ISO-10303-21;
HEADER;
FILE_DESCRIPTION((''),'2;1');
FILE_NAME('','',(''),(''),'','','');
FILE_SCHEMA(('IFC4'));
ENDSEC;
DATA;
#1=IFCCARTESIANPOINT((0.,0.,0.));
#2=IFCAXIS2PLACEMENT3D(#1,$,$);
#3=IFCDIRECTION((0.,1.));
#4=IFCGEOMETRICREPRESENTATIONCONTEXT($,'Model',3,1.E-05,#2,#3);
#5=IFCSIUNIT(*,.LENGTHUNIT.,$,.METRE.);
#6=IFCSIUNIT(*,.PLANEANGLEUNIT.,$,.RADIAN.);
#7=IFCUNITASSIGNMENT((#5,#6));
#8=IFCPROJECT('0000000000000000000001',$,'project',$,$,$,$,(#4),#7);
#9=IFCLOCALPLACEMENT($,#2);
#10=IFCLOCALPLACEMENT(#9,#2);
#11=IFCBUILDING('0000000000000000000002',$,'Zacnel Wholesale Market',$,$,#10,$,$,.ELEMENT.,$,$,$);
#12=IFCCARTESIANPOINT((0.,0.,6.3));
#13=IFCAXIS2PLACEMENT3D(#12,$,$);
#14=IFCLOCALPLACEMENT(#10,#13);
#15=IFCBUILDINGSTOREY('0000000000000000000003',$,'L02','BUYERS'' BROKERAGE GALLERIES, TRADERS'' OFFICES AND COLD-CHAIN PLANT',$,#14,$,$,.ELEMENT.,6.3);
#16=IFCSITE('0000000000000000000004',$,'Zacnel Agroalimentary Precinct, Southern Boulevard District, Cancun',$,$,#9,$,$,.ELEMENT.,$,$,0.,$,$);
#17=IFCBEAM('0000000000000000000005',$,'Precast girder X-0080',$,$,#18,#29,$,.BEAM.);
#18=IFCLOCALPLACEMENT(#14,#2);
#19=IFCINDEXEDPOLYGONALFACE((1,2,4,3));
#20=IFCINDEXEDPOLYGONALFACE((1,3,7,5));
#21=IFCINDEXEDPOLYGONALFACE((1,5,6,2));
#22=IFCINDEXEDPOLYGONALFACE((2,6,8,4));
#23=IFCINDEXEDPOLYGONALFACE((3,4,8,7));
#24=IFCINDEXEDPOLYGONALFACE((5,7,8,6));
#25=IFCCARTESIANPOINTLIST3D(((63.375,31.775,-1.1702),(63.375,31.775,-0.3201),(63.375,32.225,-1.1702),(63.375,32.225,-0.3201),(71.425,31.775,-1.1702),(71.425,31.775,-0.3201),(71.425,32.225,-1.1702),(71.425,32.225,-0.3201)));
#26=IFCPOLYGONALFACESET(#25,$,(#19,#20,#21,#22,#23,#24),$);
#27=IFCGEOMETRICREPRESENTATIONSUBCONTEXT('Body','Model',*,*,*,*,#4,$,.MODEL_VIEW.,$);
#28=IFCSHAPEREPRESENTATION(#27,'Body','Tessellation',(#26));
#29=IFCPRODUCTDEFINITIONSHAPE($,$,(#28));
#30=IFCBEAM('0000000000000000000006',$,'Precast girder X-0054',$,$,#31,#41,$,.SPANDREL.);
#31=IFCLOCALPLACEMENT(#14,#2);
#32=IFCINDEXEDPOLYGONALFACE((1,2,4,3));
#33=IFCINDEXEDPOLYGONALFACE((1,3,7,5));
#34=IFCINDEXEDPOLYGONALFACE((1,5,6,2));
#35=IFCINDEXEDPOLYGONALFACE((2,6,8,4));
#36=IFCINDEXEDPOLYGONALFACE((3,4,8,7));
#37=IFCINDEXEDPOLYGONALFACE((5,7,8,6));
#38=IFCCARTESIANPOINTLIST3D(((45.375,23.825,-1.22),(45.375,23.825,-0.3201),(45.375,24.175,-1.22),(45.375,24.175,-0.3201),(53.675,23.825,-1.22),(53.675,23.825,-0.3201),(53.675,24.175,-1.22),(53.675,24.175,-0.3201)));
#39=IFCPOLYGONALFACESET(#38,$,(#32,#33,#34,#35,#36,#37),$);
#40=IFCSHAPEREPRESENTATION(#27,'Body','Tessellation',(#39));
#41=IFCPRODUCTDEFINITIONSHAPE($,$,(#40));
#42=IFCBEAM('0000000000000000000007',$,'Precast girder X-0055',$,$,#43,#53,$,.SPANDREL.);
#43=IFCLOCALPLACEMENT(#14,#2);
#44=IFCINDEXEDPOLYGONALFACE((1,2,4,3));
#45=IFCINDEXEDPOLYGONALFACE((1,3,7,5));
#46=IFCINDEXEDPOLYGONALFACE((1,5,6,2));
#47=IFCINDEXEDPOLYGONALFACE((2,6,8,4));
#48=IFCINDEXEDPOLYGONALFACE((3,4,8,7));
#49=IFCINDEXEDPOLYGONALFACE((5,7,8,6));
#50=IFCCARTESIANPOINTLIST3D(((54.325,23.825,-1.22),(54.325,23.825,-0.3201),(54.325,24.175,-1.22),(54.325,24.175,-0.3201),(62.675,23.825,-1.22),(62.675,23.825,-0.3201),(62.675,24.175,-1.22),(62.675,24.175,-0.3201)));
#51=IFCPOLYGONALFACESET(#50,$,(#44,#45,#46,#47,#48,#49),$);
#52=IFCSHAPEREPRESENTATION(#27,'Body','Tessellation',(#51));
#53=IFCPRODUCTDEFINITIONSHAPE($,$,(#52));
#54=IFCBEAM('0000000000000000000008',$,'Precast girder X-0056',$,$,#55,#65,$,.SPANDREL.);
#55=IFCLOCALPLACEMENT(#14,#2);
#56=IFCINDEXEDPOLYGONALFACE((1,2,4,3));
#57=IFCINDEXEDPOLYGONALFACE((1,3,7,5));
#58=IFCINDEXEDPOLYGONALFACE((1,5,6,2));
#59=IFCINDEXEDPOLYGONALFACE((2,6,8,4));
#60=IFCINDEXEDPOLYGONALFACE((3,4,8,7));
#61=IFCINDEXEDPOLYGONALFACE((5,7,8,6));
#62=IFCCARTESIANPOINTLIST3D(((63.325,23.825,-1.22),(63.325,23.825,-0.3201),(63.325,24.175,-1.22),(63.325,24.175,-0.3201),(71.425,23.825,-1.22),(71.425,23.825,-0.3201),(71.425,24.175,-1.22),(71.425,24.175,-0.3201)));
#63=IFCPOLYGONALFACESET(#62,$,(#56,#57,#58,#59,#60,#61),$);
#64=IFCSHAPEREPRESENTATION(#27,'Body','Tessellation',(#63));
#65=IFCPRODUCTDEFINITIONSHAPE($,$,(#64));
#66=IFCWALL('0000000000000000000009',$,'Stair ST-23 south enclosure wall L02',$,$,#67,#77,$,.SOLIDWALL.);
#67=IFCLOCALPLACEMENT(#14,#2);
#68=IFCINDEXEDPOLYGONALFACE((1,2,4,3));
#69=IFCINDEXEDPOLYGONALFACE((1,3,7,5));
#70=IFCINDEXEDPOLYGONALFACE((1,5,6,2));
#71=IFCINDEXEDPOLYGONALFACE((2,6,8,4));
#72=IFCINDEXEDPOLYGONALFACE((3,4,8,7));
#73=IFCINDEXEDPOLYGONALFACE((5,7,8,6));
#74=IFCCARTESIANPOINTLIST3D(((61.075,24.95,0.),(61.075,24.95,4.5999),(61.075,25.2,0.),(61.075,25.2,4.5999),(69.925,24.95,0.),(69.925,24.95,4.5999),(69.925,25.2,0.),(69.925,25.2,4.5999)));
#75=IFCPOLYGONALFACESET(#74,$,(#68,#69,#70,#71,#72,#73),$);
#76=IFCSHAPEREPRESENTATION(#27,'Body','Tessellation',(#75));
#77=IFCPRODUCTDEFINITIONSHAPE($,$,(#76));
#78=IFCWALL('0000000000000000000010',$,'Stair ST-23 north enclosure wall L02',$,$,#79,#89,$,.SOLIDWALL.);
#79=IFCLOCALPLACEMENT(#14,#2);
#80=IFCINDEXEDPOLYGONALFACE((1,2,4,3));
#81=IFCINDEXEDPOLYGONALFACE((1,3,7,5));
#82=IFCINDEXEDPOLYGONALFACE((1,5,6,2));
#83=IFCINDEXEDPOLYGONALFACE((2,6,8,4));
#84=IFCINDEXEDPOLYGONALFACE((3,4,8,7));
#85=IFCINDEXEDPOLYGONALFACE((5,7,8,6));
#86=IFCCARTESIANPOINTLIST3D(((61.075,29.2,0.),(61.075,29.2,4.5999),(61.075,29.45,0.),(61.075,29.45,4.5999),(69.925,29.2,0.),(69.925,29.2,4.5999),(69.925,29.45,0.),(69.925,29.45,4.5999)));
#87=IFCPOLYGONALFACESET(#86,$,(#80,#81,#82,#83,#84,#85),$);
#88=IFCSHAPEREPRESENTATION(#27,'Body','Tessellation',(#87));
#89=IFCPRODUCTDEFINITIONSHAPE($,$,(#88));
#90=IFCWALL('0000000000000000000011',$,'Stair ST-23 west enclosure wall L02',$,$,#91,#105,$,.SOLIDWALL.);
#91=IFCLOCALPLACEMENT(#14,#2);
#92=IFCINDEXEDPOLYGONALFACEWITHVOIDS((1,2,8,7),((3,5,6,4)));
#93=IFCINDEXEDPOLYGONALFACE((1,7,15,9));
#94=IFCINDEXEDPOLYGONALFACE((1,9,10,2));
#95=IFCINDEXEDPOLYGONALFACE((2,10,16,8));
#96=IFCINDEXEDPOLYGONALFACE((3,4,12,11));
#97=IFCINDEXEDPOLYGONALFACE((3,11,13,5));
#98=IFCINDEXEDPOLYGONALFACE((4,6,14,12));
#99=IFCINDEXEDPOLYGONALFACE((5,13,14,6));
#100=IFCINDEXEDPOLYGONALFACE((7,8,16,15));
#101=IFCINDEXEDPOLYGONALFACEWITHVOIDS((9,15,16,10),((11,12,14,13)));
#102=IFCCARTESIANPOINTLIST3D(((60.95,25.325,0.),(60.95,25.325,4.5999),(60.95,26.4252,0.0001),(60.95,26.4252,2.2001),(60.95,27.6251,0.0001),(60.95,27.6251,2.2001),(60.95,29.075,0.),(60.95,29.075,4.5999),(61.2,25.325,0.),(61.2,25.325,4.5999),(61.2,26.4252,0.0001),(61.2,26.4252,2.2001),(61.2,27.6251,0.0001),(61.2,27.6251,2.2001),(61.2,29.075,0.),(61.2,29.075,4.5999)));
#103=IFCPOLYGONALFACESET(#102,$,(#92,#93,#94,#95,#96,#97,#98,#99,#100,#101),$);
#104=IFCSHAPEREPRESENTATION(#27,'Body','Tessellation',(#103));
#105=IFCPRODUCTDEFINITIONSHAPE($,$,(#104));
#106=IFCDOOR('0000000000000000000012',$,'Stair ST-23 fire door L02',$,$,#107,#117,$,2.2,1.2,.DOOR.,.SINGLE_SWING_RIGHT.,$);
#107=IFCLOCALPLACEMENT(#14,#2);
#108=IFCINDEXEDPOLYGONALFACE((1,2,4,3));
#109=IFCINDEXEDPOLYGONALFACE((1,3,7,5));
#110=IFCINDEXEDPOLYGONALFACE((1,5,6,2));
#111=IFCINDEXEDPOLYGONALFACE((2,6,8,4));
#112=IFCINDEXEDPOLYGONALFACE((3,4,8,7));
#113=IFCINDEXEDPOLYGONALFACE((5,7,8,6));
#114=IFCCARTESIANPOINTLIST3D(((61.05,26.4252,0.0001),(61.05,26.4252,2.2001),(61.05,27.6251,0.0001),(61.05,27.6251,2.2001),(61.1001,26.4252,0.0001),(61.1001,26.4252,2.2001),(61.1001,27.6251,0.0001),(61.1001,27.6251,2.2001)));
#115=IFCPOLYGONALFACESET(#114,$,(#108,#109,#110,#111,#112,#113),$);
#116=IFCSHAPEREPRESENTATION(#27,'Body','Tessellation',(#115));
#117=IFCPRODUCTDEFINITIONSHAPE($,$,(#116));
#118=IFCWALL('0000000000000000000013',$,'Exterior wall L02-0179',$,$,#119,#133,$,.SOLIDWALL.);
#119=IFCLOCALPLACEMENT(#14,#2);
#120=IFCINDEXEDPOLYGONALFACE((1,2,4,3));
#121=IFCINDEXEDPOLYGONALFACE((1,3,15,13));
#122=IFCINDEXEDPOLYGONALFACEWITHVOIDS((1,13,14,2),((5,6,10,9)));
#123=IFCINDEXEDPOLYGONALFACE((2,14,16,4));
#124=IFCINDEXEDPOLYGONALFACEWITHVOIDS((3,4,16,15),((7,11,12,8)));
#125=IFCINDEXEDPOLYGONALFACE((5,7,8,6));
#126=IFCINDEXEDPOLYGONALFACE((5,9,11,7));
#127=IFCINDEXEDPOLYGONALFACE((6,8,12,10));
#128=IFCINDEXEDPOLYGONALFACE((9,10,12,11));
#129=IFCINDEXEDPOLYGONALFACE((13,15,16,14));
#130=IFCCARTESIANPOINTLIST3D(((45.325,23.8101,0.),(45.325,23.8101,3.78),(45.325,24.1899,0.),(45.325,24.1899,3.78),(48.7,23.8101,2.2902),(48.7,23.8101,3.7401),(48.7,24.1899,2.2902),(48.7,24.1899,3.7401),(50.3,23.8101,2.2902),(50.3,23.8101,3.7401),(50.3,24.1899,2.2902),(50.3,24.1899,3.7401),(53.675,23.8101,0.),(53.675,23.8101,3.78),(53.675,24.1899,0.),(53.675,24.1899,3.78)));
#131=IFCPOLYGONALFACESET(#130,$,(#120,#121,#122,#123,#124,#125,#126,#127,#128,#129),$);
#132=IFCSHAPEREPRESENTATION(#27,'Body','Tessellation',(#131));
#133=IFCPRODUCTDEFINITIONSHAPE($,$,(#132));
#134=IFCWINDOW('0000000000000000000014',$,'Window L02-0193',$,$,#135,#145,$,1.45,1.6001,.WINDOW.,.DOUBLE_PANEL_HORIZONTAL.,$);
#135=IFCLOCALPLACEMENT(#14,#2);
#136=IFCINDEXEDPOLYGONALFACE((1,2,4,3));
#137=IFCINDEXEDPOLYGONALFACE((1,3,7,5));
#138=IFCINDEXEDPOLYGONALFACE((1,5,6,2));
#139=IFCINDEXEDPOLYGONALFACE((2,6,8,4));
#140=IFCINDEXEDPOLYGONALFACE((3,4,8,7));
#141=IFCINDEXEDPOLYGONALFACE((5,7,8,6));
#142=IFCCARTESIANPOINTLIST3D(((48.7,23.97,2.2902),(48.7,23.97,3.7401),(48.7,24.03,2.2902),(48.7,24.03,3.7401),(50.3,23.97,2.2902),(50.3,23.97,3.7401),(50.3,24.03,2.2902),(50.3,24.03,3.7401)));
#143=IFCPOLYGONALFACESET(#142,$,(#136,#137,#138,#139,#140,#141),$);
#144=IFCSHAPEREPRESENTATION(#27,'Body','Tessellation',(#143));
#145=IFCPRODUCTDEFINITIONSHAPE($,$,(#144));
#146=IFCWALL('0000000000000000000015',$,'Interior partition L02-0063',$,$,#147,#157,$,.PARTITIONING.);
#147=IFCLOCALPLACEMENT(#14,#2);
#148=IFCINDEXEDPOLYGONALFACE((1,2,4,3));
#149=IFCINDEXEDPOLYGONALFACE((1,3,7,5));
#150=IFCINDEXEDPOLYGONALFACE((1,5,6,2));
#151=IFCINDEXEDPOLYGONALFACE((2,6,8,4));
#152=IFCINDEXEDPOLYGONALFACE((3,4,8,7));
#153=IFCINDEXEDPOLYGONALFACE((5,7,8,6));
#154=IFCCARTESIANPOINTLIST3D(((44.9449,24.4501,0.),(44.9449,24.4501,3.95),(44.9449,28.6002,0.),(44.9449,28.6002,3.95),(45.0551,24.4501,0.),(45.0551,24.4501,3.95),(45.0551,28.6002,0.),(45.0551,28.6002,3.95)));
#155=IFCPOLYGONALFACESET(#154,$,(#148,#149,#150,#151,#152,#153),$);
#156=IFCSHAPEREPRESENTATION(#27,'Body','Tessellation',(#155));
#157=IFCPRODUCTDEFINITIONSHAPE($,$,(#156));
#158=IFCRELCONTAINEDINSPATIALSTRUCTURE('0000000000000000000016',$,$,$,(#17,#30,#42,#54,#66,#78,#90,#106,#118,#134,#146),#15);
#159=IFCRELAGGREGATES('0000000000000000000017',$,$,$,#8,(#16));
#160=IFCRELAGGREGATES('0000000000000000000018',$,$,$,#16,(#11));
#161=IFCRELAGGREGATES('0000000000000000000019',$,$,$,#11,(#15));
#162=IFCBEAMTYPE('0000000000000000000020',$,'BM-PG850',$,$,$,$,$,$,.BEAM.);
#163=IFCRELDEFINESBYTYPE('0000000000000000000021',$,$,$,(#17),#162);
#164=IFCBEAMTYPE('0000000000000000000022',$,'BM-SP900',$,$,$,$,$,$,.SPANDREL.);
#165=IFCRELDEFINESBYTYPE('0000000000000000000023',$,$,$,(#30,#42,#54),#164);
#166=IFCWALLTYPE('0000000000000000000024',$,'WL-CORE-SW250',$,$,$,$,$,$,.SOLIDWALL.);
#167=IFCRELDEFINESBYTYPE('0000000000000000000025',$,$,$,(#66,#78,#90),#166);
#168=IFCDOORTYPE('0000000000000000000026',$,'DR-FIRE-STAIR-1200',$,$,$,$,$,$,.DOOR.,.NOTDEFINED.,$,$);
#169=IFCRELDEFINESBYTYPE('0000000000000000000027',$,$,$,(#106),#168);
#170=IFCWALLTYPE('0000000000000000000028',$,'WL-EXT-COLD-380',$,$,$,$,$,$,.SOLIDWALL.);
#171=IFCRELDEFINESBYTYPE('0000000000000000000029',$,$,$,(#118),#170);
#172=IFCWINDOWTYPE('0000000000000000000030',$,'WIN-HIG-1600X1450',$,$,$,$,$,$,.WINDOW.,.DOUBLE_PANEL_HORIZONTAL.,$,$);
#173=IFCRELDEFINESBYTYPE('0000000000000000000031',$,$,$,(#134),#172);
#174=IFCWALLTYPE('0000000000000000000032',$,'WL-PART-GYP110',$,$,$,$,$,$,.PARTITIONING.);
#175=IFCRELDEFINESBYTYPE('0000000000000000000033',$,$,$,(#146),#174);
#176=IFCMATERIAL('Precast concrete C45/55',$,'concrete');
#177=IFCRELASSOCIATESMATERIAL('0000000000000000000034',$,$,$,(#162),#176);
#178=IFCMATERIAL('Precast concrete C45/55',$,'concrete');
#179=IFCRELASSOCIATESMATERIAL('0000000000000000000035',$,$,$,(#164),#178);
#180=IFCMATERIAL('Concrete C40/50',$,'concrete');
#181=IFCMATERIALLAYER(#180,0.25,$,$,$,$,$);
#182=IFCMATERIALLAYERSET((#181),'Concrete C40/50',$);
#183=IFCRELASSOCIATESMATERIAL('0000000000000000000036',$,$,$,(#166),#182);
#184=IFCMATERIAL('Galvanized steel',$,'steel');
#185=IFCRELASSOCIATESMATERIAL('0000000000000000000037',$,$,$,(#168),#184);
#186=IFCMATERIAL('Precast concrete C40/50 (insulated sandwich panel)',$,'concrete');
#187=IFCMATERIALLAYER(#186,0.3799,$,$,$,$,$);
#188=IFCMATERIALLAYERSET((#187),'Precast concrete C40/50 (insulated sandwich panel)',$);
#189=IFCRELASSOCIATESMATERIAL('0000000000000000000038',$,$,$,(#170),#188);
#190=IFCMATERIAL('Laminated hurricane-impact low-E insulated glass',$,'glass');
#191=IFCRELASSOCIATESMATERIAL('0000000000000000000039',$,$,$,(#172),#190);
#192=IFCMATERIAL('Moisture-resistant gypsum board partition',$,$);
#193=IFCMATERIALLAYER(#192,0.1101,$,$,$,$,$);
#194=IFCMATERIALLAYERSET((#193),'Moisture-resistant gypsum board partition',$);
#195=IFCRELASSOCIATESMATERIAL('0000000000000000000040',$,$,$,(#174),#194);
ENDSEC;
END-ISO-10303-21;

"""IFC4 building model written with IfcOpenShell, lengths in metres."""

from ifc_helpers import new_model, si_unit, direction, frame, frame_2d, origin, origin_2d, place, context, subcontext, project, spatial, rectangle, extrude, material, layer, layer_set, material_profile, profile_set, type_object, element, fill, save


model = new_model("IFC4")

# Units and contexts
model_context = context("Model", 3, precision=1e-05, world=origin(), true_north=direction((0.0, 1.0)))
body_context = subcontext(model_context, "Body", "Model", "MODEL_VIEW")
ifc_project = project(units=[si_unit("LENGTHUNIT", "METRE"), si_unit("PLANEANGLEUNIT", "RADIAN")], contexts=[model_context])

# Site, building, storey
site_placement = place(None, origin())
site = spatial("IfcSite", under=ifc_project, at=site_placement, Name="Zacnel Agroalimentary Precinct, Southern Boulevard District, Cancun", CompositionType="ELEMENT", RefElevation=0.0)
building_placement = place(site_placement, origin())
building = spatial("IfcBuilding", under=site, at=building_placement, Name="Zacnel Wholesale Market", CompositionType="ELEMENT")
storey_placement = place(building_placement, frame((0.0, 0.0, 6.3)))
storey = spatial("IfcBuildingStorey", under=building, at=storey_placement, Name="L02", Description="BUYERS' BROKERAGE GALLERIES, TRADERS' OFFICES AND COLD-CHAIN PLANT", CompositionType="ELEMENT", Elevation=6.3)

# Beams
ifc_material_1 = material(Name="Precast concrete C45/55", Category="concrete")
ifc_material_profile_1 = material_profile(ifc_material_1, rectangle(XDim=0.45, YDim=0.8501, at=origin_2d()), Name="PG 450x850")
ifc_profile_set_1 = profile_set([ifc_material_profile_1], Name="Precast concrete C45/55")
beam_type_1 = type_object("IfcBeamType", Name="BM-PG850", PredefinedType="BEAM", material=ifc_profile_set_1)
beam_1_placement = place(storey_placement, frame((63.375, 32.0, -0.7451), z_axis=(1.0, 0.0, 0.0), x_axis=(0.0, 1.0, 0.0)))
element("IfcBeam", 1, at=beam_1_placement, inside=storey, type_object=beam_type_1, Name="Precast girder X-0080", PredefinedType="BEAM", context=body_context, shape_type="SweptSolid", body=[
    extrude(rectangle(XDim=0.45, YDim=0.8501, at=origin_2d()), origin(), (0.0, 0.0, 1.0), 8.05),
])
ifc_material_2 = material(Name="Precast concrete C45/55", Category="concrete")
ifc_material_profile_2 = material_profile(ifc_material_2, rectangle(XDim=0.3501, YDim=0.8999, at=origin_2d()), Name="SP 350x900")
ifc_profile_set_2 = profile_set([ifc_material_profile_2], Name="Precast concrete C45/55")
beam_type_2 = type_object("IfcBeamType", Name="BM-SP900", PredefinedType="SPANDREL", material=ifc_profile_set_2)
beam_2_placement = place(storey_placement, frame((45.375, 24.0, -0.77), z_axis=(1.0, 0.0, 0.0), x_axis=(0.0, 1.0, 0.0)))
element("IfcBeam", 2, at=beam_2_placement, inside=storey, type_object=beam_type_2, Name="Precast girder X-0054", PredefinedType="SPANDREL", context=body_context, shape_type="SweptSolid", body=[
    extrude(rectangle(XDim=0.3501, YDim=0.8999, at=origin_2d()), origin(), (0.0, 0.0, 1.0), 8.3),
])
beam_3_placement = place(storey_placement, frame((54.325, 24.0, -0.77), z_axis=(1.0, 0.0, 0.0), x_axis=(0.0, 1.0, 0.0)))
element("IfcBeam", 3, at=beam_3_placement, inside=storey, type_object=beam_type_2, Name="Precast girder X-0055", PredefinedType="SPANDREL", context=body_context, shape_type="SweptSolid", body=[
    extrude(rectangle(XDim=0.3501, YDim=0.8999, at=origin_2d()), origin(), (0.0, 0.0, 1.0), 8.3501),
])
beam_4_placement = place(storey_placement, frame((63.325, 24.0, -0.77), z_axis=(1.0, 0.0, 0.0), x_axis=(0.0, 1.0, 0.0)))
element("IfcBeam", 4, at=beam_4_placement, inside=storey, type_object=beam_type_2, Name="Precast girder X-0056", PredefinedType="SPANDREL", context=body_context, shape_type="SweptSolid", body=[
    extrude(rectangle(XDim=0.3501, YDim=0.8999, at=origin_2d()), origin(), (0.0, 0.0, 1.0), 8.1001),
])

# Walls
ifc_material_3 = material(Name="Concrete C40/50", Category="concrete")
ifc_layer_1 = layer(ifc_material_3, 0.25)
ifc_layer_set_1 = layer_set([ifc_layer_1], Name="Concrete C40/50")
wall_type_1 = type_object("IfcWallType", Name="WL-CORE-SW250", PredefinedType="SOLIDWALL", material=ifc_layer_set_1)
for number, where, z_axis, x_axis, name in (
    (5, (61.075, 25.075, 0.0), (0.0, 0.0, 1.0), (1.0, 0.0, 0.0), "Stair ST-23 south enclosure wall L02"),
    (6, (61.075, 29.325, 0.0), (0.0, 0.0, 1.0), (1.0, 0.0, 0.0), "Stair ST-23 north enclosure wall L02"),
):
    element("IfcWall", number, at=place(storey_placement, frame(where, z_axis=z_axis, x_axis=x_axis)), inside=storey, type_object=wall_type_1, Name=name, PredefinedType="SOLIDWALL", context=body_context, shape_type="SweptSolid", body=[
        extrude(rectangle(XDim=8.8501, YDim=0.25, at=frame_2d((4.425, 0.0))), origin(), (0.0, 0.0, 1.0), 4.5999),
    ])

# Wall, opening, door
wall_1_placement = place(storey_placement, frame((61.075, 25.325, 0.0), z_axis=(0.0, 0.0, 1.0), x_axis=(0.0, 1.0, 0.0)))
wall_1 = element("IfcWall", 7, at=wall_1_placement, inside=storey, type_object=wall_type_1, Name="Stair ST-23 west enclosure wall L02", PredefinedType="SOLIDWALL", context=body_context, shape_type="SweptSolid", body=[
    extrude(rectangle(XDim=3.75, YDim=0.25, at=frame_2d((1.875, 0.0))), origin(), (0.0, 0.0, 1.0), 4.5999),
])
opening_1_placement = place(wall_1_placement, frame((1.1001, 0.0, 0.0)))
opening_1 = element("IfcOpeningElement", 8, at=opening_1_placement, cuts=wall_1, PredefinedType="OPENING", context=body_context, shape_type="SweptSolid", body=[
    extrude(rectangle(XDim=1.2, YDim=2.2, at=frame_2d((0.6001, 1.1001))), frame((0.0, 0.135, 0.0), z_axis=(0.0, -1.0, 0.0), x_axis=(1.0, 0.0, 0.0)), (0.0, 0.0, 1.0), 0.27),
])
ifc_material_4 = material(Name="Galvanized steel", Category="steel")
door_type_1 = type_object("IfcDoorType", Name="DR-FIRE-STAIR-1200", OperationType="NOTDEFINED", PredefinedType="DOOR", material=ifc_material_4)
door_1_placement = place(opening_1_placement, origin())
door_1 = element("IfcDoor", 9, at=door_1_placement, inside=storey, type_object=door_type_1, Name="Stair ST-23 fire door L02", OperationType="SINGLE_SWING_RIGHT", OverallHeight=2.2, OverallWidth=1.2, PredefinedType="DOOR", context=body_context, shape_type="SweptSolid", body=[
    extrude(rectangle(XDim=1.2, YDim=2.2, at=frame_2d((0.6001, 1.1001))), frame((0.0, 0.0249, 0.0), z_axis=(0.0, -1.0, 0.0), x_axis=(1.0, 0.0, 0.0)), (0.0, 0.0, 1.0), 0.05),
])
fill(opening_1, door_1)

# Wall, opening, window
ifc_material_5 = material(Name="Precast concrete C40/50 (insulated sandwich panel)", Category="concrete")
ifc_layer_2 = layer(ifc_material_5, 0.3799)
ifc_layer_set_2 = layer_set([ifc_layer_2], Name="Precast concrete C40/50 (insulated sandwich panel)")
wall_type_2 = type_object("IfcWallType", Name="WL-EXT-COLD-380", PredefinedType="SOLIDWALL", material=ifc_layer_set_2)
wall_2_placement = place(storey_placement, frame((45.325, 24.0, 0.0), z_axis=(0.0, 0.0, 1.0), x_axis=(1.0, 0.0, 0.0)))
wall_2 = element("IfcWall", 10, at=wall_2_placement, inside=storey, type_object=wall_type_2, Name="Exterior wall L02-0179", PredefinedType="SOLIDWALL", context=body_context, shape_type="SweptSolid", body=[
    extrude(rectangle(XDim=8.3501, YDim=0.3799, at=frame_2d((4.175, 0.0))), origin(), (0.0, 0.0, 1.0), 3.78),
])
opening_2_placement = place(wall_2_placement, frame((3.375, 0.0, 2.29)))
opening_2 = element("IfcOpeningElement", 11, at=opening_2_placement, cuts=wall_2, PredefinedType="OPENING", context=body_context, shape_type="SweptSolid", body=[
    extrude(rectangle(XDim=1.6001, YDim=1.45, at=frame_2d((0.8, 0.7251))), frame((0.0, 0.2, 0.0), z_axis=(0.0, -1.0, 0.0), x_axis=(1.0, 0.0, 0.0)), (0.0, 0.0, 1.0), 0.3999),
])
ifc_material_6 = material(Name="Laminated hurricane-impact low-E insulated glass", Category="glass")
window_type = type_object("IfcWindowType", Name="WIN-HIG-1600X1450", PartitioningType="DOUBLE_PANEL_HORIZONTAL", PredefinedType="WINDOW", material=ifc_material_6)
window_placement = place(opening_2_placement, origin())
window = element("IfcWindow", 12, at=window_placement, inside=storey, type_object=window_type, Name="Window L02-0193", OverallHeight=1.45, OverallWidth=1.6001, PartitioningType="DOUBLE_PANEL_HORIZONTAL", PredefinedType="WINDOW", context=body_context, shape_type="SweptSolid", body=[
    extrude(rectangle(XDim=1.6001, YDim=1.45, at=frame_2d((0.8, 0.7251))), frame((0.0, 0.03, 0.0), z_axis=(0.0, -1.0, 0.0), x_axis=(1.0, 0.0, 0.0)), (0.0, 0.0, 1.0), 0.0601),
])
fill(opening_2, window)

# Wall
ifc_material_7 = material(Name="Moisture-resistant gypsum board partition")
ifc_layer_3 = layer(ifc_material_7, 0.1101)
ifc_layer_set_3 = layer_set([ifc_layer_3], Name="Moisture-resistant gypsum board partition")
wall_type_3 = type_object("IfcWallType", Name="WL-PART-GYP110", PredefinedType="PARTITIONING", material=ifc_layer_set_3)
wall_3_placement = place(storey_placement, frame((45.0, 24.45, 0.0), z_axis=(0.0, 0.0, 1.0), x_axis=(0.0, 1.0, 0.0)))
element("IfcWall", 13, at=wall_3_placement, inside=storey, type_object=wall_type_3, Name="Interior partition L02-0063", PredefinedType="PARTITIONING", context=body_context, shape_type="SweptSolid", body=[
    extrude(rectangle(XDim=4.1501, YDim=0.1101, at=frame_2d((2.0752, 0.0))), origin(), (0.0, 0.0, 1.0), 3.95),
])

save(model, "model.ifc")
